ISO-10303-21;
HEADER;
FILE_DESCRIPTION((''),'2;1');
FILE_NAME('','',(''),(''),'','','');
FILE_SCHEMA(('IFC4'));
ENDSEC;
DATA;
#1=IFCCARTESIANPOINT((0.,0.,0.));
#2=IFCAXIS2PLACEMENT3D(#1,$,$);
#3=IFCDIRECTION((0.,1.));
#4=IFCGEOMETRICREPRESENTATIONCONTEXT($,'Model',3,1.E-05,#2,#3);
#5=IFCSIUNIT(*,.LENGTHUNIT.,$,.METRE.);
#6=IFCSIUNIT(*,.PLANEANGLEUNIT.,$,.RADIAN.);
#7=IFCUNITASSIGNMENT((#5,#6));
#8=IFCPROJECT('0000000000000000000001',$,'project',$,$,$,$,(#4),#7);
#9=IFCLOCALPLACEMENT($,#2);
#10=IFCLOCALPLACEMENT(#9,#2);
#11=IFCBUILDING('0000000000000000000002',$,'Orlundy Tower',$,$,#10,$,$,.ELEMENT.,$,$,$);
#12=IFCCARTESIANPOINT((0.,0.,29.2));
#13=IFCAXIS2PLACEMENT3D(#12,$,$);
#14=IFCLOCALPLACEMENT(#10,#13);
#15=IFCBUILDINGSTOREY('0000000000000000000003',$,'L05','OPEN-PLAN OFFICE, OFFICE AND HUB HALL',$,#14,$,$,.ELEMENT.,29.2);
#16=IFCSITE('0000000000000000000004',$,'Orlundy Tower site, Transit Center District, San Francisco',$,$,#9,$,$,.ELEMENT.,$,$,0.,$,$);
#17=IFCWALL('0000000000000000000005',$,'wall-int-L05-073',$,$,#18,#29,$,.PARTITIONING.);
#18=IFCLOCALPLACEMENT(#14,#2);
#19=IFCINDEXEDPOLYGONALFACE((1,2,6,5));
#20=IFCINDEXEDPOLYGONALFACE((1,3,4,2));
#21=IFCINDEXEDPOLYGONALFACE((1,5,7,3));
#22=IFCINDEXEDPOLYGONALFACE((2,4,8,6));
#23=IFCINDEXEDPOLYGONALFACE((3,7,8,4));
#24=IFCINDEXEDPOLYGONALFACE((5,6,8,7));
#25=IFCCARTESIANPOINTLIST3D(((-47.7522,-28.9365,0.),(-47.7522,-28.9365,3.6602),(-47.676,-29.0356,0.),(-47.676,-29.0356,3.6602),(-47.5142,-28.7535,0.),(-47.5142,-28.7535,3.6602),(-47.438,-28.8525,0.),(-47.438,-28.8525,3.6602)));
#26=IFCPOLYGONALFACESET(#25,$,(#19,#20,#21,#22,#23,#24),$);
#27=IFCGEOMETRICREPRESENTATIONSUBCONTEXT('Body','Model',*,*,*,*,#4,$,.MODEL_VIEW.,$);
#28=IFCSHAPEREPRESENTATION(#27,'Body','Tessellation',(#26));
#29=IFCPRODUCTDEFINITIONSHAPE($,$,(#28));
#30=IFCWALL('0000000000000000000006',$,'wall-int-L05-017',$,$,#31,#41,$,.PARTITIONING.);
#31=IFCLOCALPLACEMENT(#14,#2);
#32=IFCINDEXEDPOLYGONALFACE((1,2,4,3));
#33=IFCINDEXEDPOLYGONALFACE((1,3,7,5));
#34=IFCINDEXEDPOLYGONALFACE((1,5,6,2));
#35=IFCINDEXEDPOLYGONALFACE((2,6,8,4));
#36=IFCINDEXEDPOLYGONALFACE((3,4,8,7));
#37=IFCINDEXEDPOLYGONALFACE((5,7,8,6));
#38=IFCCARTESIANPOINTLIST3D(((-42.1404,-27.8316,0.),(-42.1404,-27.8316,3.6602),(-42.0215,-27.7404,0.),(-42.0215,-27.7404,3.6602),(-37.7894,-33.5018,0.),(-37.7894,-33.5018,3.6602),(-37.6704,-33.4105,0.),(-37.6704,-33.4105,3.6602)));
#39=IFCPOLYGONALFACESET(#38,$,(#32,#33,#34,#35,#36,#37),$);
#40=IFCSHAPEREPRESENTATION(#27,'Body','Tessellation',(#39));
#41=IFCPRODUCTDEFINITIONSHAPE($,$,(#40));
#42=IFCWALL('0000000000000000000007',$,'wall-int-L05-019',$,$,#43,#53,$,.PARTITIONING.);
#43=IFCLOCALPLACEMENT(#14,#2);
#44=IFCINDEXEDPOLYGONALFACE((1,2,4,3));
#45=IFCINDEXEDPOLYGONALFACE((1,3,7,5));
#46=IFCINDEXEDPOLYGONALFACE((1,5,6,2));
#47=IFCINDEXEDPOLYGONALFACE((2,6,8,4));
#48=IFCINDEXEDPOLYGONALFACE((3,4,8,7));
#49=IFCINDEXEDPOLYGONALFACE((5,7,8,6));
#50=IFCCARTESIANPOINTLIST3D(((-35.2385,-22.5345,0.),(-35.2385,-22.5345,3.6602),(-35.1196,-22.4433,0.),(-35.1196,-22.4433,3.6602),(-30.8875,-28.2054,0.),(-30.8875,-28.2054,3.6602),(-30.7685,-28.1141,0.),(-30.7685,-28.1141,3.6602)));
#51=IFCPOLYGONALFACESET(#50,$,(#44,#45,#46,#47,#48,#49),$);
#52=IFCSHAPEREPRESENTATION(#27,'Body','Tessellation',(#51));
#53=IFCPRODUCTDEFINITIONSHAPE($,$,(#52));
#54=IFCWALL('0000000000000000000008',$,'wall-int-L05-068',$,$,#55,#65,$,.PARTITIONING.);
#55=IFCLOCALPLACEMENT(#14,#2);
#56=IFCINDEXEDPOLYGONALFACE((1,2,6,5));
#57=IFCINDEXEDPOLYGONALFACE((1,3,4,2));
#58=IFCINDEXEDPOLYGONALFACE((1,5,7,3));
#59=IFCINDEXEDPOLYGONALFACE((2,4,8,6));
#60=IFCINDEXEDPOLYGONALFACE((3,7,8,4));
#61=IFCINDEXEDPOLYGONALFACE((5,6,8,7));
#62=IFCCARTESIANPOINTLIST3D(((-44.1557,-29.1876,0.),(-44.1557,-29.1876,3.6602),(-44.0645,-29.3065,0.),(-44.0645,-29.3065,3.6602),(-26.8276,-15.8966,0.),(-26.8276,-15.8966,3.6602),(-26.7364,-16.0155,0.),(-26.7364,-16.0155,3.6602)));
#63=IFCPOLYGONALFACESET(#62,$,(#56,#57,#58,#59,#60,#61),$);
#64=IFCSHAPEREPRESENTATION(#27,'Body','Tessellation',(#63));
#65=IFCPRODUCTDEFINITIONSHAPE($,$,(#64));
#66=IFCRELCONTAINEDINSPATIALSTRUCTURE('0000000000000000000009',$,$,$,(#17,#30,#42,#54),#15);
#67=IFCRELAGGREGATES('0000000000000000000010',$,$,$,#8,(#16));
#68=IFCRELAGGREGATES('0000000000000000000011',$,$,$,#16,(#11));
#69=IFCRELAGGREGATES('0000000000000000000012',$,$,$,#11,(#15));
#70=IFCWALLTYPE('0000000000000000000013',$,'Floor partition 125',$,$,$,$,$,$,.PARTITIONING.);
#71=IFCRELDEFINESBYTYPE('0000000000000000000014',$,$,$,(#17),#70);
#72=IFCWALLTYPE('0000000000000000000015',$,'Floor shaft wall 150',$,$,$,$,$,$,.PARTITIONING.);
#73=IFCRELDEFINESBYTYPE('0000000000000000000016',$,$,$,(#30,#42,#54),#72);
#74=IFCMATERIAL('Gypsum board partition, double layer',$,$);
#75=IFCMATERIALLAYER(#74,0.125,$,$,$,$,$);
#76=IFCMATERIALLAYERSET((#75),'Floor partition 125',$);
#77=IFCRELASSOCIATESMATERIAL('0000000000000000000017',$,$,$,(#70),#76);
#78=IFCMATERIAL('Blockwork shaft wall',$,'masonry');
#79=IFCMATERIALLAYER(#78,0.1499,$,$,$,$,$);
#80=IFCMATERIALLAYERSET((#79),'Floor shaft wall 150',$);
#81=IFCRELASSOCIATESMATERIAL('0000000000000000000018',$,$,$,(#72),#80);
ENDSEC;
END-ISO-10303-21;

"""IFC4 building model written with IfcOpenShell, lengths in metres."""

from ifc_helpers import new_model, si_unit, direction, frame, frame_2d, origin, place, context, subcontext, project, spatial, rectangle, extrude, material, layer, layer_set, type_object, element, save


model = new_model("IFC4")

# Units and contexts
model_context = context("Model", 3, precision=1e-05, world=origin(), true_north=direction((0.0, 1.0)))
body_context = subcontext(model_context, "Body", "Model", "MODEL_VIEW")
ifc_project = project(units=[si_unit("LENGTHUNIT", "METRE"), si_unit("PLANEANGLEUNIT", "RADIAN")], contexts=[model_context])

# Site, building, storey
site_placement = place(None, origin())
site = spatial("IfcSite", under=ifc_project, at=site_placement, Name="Orlundy Tower site, Transit Center District, San Francisco", CompositionType="ELEMENT", RefElevation=0.0)
building_placement = place(site_placement, origin())
building = spatial("IfcBuilding", under=site, at=building_placement, Name="Orlundy Tower", CompositionType="ELEMENT")
storey_placement = place(building_placement, frame((0.0, 0.0, 29.2)))
storey = spatial("IfcBuildingStorey", under=building, at=storey_placement, Name="L05", Description="OPEN-PLAN OFFICE, OFFICE AND HUB HALL", CompositionType="ELEMENT", Elevation=29.2)

# Shared definitions
ifc_material_1 = material(Name="Gypsum board partition, double layer")
ifc_layer_1 = layer(ifc_material_1, 0.125)
ifc_layer_set_1 = layer_set([ifc_layer_1], Name="Floor partition 125")
wall_type_1 = type_object("IfcWallType", Name="Floor partition 125", PredefinedType="PARTITIONING", material=ifc_layer_set_1)

# Walls
wall_1_placement = place(storey_placement, frame((-47.7141, -28.9861, 0.0), z_axis=(0.0, 0.0, 1.0), x_axis=(0.792624, 0.609711, 0.0)))
element("IfcWall", 1, at=wall_1_placement, inside=storey, type_object=wall_type_1, Name="wall-int-L05-073", PredefinedType="PARTITIONING", context=body_context, shape_type="SweptSolid", body=[
    extrude(rectangle(XDim=0.3003, YDim=0.125, at=frame_2d((0.1501, 0.0))), origin(), (0.0, 0.0, 1.0), 3.6602),
])
ifc_material_2 = material(Name="Blockwork shaft wall", Category="masonry")
ifc_layer_2 = layer(ifc_material_2, 0.1499)
ifc_layer_set_2 = layer_set([ifc_layer_2], Name="Floor shaft wall 150")
wall_type_2 = type_object("IfcWallType", Name="Floor shaft wall 150", PredefinedType="PARTITIONING", material=ifc_layer_set_2)
wall_2_placement = place(storey_placement, frame((-42.0811, -27.7859, 0.0), z_axis=(0.0, 0.0, 1.0), x_axis=(0.608779, -0.79334, 0.0)))
element("IfcWall", 2, at=wall_2_placement, inside=storey, type_object=wall_type_2, Name="wall-int-L05-017", PredefinedType="PARTITIONING", context=body_context, shape_type="SweptSolid", body=[
    extrude(rectangle(XDim=7.1472, YDim=0.1499, at=frame_2d((3.5737, 0.0))), origin(), (0.0, 0.0, 1.0), 3.6602),
])
wall_3_placement = place(storey_placement, frame((-35.179, -22.489, 0.0), z_axis=(0.0, 0.0, 1.0), x_axis=(0.60873, -0.793378, 0.0)))
element("IfcWall", 3, at=wall_3_placement, inside=storey, type_object=wall_type_2, Name="wall-int-L05-019", PredefinedType="PARTITIONING", context=body_context, shape_type="SweptSolid", body=[
    extrude(rectangle(XDim=7.1477, YDim=0.1499, at=frame_2d((3.5737, 0.0))), origin(), (0.0, 0.0, 1.0), 3.6602),
])
wall_4_placement = place(storey_placement, frame((-44.1101, -29.2471, 0.0), z_axis=(0.0, 0.0, 1.0), x_axis=(0.793471, 0.608608, 0.0)))
element("IfcWall", 4, at=wall_4_placement, inside=storey, type_object=wall_type_2, Name="wall-int-L05-068", PredefinedType="PARTITIONING", context=body_context, shape_type="SweptSolid", body=[
    extrude(rectangle(XDim=21.8384, YDim=0.1499, at=frame_2d((10.9192, 0.0))), origin(), (0.0, 0.0, 1.0), 3.6602),
])

save(model, "model.ifc")
